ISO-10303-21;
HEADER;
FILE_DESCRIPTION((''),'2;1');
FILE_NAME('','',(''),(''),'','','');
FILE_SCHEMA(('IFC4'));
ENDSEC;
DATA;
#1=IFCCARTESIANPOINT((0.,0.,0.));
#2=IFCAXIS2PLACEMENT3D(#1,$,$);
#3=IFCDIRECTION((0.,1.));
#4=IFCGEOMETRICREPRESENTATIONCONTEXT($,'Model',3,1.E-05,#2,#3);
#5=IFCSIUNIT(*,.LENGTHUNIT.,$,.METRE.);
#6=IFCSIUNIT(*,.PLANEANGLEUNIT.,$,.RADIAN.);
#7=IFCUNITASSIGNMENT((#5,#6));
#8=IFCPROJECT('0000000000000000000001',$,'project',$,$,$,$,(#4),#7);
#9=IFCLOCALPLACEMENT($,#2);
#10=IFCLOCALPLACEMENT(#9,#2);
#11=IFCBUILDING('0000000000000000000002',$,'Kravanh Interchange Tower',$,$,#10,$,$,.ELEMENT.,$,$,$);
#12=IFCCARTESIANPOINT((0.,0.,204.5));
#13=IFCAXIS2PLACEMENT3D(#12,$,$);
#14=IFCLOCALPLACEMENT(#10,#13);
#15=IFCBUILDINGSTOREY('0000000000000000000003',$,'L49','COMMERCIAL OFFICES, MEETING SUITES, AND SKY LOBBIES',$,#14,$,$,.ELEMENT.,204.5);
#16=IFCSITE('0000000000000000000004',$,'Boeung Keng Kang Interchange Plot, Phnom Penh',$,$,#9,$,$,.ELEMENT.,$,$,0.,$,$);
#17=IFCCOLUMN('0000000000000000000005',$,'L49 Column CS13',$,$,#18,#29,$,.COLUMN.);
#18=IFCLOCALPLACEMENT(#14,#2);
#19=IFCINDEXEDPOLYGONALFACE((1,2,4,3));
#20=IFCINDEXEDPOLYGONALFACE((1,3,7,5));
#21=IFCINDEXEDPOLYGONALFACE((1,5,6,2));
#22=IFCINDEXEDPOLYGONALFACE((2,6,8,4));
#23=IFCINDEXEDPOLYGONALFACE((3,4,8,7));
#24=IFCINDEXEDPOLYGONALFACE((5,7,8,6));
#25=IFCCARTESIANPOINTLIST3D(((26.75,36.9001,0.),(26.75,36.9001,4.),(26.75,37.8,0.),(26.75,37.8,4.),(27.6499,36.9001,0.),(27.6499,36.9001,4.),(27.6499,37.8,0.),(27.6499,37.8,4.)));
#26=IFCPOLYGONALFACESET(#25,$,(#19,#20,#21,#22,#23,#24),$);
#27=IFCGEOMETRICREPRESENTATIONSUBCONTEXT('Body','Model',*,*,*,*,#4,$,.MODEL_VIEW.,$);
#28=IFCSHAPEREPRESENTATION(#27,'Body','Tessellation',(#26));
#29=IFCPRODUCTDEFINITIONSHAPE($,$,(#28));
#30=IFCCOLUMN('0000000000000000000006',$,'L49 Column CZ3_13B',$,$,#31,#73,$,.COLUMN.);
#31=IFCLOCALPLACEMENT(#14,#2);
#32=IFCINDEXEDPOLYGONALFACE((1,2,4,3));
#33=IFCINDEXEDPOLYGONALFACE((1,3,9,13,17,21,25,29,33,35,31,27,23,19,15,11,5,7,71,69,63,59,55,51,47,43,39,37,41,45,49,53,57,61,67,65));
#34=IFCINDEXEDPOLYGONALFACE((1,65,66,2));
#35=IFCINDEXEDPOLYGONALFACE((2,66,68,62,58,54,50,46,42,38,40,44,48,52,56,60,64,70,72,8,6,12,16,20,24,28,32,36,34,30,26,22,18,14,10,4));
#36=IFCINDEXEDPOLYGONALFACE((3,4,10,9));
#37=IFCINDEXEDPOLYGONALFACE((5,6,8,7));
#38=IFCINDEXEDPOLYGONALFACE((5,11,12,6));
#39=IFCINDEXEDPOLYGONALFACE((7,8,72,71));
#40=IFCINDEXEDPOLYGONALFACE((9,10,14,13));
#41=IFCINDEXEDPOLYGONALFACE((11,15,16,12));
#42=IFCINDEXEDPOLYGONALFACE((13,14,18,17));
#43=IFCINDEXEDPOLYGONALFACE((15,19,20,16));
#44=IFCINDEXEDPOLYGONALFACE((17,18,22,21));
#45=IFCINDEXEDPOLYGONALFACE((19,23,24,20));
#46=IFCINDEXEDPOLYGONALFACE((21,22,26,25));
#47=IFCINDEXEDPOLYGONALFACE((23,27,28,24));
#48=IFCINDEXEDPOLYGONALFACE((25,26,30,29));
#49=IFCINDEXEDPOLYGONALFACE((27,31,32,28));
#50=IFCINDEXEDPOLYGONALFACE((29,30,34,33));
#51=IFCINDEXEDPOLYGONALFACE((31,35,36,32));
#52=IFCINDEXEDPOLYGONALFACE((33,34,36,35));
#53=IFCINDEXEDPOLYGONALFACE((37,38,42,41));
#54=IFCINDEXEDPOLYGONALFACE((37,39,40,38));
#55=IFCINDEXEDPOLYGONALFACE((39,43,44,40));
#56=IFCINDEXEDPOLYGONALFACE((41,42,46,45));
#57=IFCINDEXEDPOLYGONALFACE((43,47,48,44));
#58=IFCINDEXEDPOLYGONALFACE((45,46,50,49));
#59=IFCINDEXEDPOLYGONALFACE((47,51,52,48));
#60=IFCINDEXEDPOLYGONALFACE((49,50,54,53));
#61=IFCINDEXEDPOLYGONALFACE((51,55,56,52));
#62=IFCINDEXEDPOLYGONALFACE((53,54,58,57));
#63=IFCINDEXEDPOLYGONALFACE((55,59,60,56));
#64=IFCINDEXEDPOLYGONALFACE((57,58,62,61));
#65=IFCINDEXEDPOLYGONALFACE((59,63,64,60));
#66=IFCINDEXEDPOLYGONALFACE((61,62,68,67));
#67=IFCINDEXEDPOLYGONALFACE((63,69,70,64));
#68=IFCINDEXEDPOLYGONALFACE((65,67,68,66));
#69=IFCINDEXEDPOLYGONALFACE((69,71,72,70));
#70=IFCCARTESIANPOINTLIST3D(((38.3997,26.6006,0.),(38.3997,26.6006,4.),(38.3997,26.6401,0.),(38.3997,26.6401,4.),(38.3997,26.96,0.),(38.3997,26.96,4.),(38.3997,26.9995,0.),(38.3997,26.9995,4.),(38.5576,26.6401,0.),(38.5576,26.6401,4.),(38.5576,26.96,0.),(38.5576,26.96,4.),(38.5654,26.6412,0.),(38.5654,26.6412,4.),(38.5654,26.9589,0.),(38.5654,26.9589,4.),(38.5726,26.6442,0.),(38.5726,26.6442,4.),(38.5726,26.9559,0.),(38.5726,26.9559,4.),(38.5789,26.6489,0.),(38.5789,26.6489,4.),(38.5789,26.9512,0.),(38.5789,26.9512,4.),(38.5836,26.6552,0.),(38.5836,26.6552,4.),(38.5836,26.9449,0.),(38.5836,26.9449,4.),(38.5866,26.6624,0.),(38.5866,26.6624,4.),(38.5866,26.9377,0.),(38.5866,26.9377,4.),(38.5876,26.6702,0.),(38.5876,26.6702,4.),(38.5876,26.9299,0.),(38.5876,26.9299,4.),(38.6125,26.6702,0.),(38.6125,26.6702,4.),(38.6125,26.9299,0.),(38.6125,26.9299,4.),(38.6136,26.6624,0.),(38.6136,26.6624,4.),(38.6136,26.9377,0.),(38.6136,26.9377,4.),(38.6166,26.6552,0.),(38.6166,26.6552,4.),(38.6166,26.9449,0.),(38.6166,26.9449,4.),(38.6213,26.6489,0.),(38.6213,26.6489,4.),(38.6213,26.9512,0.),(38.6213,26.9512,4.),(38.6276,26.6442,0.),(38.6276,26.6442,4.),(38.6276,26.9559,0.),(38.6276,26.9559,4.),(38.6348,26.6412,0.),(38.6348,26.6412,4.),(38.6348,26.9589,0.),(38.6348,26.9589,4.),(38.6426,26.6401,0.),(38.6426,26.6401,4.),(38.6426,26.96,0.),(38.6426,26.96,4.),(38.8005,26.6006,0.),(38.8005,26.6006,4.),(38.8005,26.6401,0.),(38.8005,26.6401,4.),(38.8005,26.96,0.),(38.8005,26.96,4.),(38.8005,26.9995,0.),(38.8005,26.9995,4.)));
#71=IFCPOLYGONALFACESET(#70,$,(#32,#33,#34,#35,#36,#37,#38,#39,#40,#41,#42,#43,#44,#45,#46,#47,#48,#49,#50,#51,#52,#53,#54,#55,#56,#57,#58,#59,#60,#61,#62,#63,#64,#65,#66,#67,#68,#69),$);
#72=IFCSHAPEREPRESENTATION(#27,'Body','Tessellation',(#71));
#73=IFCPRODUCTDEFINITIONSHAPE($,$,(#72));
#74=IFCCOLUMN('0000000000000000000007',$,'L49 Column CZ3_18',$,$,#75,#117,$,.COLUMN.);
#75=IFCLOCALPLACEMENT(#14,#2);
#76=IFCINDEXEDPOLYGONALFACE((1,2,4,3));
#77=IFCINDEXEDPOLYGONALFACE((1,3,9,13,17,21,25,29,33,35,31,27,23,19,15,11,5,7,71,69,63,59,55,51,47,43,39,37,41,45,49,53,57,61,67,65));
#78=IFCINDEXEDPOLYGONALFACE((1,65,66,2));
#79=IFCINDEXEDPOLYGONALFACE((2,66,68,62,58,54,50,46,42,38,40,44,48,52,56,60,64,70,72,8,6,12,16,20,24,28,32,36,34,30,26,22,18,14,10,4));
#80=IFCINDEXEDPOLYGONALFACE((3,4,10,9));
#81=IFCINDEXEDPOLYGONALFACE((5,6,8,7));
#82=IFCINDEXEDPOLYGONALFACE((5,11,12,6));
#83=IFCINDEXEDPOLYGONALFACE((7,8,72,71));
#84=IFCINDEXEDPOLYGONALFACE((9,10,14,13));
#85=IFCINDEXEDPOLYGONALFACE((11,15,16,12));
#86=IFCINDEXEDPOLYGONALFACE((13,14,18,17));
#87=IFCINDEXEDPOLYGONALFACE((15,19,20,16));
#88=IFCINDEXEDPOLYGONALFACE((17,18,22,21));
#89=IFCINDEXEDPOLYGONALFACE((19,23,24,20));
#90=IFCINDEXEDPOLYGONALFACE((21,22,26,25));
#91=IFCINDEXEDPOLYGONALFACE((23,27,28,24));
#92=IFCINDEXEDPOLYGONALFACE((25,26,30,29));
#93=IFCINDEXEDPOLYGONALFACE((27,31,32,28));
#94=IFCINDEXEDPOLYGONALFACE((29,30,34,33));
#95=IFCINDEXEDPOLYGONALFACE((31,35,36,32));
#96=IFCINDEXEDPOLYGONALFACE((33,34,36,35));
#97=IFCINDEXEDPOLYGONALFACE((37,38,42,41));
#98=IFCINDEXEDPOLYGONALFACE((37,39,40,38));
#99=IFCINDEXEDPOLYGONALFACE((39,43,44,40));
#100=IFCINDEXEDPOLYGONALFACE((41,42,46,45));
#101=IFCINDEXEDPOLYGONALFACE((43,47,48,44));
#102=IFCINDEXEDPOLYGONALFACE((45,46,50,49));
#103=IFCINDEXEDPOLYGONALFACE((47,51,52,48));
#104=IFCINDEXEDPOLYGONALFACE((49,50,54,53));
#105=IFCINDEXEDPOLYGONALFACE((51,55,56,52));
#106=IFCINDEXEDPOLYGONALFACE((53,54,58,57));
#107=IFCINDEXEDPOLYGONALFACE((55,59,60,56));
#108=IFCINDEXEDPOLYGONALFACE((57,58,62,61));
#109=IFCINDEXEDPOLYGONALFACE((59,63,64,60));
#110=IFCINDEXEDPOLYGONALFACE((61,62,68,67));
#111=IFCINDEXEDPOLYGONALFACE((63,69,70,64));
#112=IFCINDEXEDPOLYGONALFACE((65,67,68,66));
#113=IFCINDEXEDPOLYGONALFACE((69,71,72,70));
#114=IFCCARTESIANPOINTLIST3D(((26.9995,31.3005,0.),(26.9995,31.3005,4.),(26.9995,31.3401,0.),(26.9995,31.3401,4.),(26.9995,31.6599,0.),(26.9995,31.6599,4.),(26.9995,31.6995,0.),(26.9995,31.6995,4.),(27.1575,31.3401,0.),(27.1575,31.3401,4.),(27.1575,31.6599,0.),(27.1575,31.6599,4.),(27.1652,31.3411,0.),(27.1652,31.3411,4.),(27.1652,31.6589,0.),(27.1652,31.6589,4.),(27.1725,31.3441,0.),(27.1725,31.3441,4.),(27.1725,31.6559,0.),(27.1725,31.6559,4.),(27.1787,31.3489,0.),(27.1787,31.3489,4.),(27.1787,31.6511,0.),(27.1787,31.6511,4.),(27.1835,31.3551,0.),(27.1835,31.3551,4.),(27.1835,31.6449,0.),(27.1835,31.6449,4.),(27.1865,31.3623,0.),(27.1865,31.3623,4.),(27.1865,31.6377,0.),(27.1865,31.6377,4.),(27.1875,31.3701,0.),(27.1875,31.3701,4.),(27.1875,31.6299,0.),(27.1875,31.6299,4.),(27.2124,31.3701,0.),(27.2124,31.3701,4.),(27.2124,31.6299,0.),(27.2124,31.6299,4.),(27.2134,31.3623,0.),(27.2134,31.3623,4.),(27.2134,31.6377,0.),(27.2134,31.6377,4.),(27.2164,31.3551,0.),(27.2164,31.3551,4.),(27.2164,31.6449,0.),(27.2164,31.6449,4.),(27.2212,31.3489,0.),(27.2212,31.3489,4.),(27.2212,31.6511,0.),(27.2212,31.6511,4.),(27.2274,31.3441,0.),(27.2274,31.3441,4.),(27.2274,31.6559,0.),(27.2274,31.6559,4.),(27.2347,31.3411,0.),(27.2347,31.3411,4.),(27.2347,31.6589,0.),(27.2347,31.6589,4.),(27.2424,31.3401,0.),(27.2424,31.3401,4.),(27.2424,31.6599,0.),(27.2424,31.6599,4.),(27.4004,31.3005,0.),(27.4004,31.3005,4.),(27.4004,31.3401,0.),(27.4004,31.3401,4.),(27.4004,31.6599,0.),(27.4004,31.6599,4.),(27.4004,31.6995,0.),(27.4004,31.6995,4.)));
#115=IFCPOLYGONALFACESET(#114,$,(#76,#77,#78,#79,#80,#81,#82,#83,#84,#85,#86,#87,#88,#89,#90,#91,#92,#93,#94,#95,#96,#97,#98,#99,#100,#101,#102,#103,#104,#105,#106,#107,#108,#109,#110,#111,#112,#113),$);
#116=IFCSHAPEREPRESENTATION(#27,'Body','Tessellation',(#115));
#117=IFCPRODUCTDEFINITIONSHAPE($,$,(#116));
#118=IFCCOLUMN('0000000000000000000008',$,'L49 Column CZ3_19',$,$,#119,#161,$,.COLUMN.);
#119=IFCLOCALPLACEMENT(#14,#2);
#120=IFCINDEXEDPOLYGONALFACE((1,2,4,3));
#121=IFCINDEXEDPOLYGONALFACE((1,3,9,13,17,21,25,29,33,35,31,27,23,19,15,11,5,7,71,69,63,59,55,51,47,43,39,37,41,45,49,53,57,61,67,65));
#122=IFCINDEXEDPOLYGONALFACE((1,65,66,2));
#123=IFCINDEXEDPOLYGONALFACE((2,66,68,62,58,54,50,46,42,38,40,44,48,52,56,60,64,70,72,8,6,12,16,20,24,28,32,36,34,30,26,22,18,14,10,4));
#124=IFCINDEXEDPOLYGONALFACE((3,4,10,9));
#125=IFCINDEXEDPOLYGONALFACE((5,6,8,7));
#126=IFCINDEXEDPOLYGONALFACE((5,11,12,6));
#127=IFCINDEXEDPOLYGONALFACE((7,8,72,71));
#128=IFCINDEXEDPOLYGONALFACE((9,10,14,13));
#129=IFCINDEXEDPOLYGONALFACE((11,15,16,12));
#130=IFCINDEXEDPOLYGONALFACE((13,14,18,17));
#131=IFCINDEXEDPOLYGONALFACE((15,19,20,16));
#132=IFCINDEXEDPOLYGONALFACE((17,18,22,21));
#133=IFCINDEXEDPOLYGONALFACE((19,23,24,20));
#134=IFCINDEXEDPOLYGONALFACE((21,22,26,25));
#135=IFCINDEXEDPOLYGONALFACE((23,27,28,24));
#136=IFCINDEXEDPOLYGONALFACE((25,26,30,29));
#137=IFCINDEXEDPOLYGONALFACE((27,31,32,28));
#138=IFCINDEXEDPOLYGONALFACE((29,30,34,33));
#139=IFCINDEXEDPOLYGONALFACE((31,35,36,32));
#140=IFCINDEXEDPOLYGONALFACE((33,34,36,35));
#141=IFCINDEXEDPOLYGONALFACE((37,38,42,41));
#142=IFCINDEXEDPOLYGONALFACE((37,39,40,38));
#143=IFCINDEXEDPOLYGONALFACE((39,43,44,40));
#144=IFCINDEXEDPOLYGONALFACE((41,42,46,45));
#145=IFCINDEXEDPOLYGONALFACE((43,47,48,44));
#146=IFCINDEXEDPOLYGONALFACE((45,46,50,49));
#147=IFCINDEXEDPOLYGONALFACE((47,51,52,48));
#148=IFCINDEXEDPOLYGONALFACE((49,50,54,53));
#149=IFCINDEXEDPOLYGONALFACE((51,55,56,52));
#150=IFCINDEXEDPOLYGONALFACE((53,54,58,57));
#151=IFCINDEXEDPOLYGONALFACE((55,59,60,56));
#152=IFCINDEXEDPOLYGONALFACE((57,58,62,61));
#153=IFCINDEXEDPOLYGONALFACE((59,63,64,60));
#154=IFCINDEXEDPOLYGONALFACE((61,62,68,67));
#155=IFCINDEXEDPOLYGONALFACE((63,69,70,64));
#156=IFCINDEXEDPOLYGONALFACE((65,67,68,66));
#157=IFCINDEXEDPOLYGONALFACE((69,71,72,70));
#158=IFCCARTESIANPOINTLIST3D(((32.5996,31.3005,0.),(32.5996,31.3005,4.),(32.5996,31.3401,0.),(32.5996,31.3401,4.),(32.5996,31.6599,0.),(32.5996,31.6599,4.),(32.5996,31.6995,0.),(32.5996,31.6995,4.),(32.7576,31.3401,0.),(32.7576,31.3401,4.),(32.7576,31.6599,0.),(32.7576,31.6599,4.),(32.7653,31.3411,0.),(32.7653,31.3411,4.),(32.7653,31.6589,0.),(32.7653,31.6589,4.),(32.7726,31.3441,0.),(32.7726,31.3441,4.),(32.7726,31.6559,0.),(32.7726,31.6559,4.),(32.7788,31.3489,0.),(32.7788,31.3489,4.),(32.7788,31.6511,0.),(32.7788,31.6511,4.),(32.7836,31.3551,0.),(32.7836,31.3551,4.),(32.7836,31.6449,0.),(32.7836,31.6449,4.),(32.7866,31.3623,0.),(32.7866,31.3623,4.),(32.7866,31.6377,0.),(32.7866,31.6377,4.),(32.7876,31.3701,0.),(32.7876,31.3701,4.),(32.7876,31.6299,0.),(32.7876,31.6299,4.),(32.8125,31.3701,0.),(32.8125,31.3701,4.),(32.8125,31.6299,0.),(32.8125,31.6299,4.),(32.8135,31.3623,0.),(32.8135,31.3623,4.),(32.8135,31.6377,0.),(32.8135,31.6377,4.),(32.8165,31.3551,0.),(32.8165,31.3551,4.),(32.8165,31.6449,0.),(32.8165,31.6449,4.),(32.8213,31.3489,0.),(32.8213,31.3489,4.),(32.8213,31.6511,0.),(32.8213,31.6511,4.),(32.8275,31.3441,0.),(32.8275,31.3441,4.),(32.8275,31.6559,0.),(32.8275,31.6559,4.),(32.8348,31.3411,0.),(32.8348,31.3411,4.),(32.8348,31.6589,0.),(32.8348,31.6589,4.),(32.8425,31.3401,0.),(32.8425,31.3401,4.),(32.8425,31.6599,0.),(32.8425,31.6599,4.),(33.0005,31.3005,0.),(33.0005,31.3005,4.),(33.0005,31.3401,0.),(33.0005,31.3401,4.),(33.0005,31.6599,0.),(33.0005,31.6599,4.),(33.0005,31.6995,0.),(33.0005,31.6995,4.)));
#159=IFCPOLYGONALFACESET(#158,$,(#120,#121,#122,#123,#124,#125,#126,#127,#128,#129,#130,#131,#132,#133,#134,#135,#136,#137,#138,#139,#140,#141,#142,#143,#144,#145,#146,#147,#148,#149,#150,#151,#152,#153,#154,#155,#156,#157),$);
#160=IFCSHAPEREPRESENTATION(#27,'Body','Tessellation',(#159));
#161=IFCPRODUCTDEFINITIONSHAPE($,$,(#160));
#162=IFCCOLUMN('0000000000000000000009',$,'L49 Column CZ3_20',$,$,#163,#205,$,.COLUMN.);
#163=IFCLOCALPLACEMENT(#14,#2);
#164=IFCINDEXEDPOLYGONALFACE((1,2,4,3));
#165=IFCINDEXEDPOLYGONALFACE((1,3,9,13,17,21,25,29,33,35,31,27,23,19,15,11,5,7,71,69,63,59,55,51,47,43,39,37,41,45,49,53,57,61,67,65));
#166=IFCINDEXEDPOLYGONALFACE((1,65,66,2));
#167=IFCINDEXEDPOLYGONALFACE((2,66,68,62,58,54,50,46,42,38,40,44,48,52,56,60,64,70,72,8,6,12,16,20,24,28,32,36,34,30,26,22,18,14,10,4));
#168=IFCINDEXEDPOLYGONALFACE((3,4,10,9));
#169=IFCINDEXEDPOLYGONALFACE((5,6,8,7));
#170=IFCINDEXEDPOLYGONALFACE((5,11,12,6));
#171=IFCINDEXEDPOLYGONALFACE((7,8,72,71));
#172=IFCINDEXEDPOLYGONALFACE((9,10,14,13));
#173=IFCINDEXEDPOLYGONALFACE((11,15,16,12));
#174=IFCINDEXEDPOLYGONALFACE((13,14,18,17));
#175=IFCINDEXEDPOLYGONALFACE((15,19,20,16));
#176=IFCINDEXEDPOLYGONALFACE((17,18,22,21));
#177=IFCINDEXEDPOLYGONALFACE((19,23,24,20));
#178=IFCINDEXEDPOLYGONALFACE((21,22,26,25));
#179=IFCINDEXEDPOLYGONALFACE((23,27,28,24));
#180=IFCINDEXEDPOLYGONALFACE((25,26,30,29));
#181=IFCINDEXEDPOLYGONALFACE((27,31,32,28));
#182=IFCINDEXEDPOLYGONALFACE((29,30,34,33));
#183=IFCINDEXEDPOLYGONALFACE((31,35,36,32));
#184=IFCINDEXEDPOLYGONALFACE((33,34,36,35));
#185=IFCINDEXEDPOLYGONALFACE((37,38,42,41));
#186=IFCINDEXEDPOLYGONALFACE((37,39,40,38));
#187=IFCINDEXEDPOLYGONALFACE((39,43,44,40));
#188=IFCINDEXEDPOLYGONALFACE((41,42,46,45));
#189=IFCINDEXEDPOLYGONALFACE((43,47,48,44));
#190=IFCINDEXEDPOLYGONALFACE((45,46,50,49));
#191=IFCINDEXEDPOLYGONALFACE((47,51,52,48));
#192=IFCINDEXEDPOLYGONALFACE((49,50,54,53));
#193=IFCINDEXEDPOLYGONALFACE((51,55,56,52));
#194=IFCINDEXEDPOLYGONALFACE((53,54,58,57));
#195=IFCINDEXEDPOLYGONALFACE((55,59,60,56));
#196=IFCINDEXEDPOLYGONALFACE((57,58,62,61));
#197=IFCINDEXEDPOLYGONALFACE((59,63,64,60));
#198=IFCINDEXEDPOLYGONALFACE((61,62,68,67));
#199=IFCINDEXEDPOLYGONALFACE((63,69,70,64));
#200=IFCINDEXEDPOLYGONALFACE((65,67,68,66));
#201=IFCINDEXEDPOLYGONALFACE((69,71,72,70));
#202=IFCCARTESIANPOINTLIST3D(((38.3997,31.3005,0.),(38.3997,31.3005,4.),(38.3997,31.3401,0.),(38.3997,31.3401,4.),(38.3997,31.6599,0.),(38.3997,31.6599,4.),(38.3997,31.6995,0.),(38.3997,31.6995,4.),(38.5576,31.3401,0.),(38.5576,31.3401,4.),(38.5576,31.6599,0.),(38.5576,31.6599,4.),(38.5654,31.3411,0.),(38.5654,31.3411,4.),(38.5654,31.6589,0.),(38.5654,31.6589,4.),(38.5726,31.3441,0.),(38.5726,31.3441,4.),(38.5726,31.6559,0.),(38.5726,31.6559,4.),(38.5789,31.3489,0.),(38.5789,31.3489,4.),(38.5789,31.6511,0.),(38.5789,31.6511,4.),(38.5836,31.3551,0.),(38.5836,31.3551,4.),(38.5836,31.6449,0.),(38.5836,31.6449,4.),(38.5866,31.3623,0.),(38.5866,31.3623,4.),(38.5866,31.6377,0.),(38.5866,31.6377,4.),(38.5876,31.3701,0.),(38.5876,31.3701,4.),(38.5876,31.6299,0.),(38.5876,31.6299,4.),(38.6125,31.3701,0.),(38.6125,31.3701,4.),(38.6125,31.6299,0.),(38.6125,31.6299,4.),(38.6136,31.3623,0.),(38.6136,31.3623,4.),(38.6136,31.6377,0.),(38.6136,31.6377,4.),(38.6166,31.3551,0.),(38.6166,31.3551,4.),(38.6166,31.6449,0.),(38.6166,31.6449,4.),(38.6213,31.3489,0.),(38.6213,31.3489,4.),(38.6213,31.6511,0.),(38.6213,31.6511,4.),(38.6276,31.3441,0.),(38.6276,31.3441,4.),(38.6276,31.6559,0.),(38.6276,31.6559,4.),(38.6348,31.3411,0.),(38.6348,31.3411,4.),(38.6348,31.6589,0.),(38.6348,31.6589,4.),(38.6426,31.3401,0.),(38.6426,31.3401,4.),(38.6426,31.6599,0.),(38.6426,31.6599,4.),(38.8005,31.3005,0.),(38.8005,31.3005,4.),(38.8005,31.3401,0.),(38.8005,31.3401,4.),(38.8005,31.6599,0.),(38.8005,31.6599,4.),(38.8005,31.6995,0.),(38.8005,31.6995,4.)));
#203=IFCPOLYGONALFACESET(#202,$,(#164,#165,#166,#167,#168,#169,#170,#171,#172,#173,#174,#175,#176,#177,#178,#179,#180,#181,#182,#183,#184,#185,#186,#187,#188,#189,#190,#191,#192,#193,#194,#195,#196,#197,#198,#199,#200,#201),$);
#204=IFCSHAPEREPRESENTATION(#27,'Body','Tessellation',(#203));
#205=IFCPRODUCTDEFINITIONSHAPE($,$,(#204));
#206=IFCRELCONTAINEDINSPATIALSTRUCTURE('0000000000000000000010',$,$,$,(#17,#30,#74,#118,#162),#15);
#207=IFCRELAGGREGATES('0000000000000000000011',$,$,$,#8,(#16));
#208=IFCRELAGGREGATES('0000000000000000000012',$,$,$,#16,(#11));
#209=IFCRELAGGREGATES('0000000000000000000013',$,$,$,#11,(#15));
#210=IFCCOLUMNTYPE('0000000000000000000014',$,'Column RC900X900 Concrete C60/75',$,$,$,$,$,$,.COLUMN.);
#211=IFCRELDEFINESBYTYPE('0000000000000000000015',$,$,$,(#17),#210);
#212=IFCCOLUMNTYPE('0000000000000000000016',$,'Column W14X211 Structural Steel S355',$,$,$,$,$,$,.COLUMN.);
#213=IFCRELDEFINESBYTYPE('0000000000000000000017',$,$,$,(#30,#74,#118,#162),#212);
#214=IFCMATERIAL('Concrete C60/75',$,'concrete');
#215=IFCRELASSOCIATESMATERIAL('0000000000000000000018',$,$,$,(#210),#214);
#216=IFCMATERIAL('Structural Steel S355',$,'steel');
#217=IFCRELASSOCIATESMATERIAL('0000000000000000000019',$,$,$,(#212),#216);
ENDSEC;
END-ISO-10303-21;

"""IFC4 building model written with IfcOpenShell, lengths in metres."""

from ifc_helpers import new_model, si_unit, direction, frame, origin, origin_2d, place, context, subcontext, project, spatial, rectangle, i_section, extrude, material, material_profile, profile_set, type_object, element, save


model = new_model("IFC4")

# Units and contexts
model_context = context("Model", 3, precision=1e-05, world=origin(), true_north=direction((0.0, 1.0)))
body_context = subcontext(model_context, "Body", "Model", "MODEL_VIEW")
ifc_project = project(units=[si_unit("LENGTHUNIT", "METRE"), si_unit("PLANEANGLEUNIT", "RADIAN")], contexts=[model_context])

# Site, building, storey
site_placement = place(None, origin())
site = spatial("IfcSite", under=ifc_project, at=site_placement, Name="Boeung Keng Kang Interchange Plot, Phnom Penh", CompositionType="ELEMENT", RefElevation=0.0)
building_placement = place(site_placement, origin())
building = spatial("IfcBuilding", under=site, at=building_placement, Name="Kravanh Interchange Tower", CompositionType="ELEMENT")
storey_placement = place(building_placement, frame((0.0, 0.0, 204.5)))
storey = spatial("IfcBuildingStorey", under=building, at=storey_placement, Name="L49", Description="COMMERCIAL OFFICES, MEETING SUITES, AND SKY LOBBIES", CompositionType="ELEMENT", Elevation=204.5)

# Columns
ifc_material_1 = material(Name="Concrete C60/75", Category="concrete")
ifc_material_profile_1 = material_profile(ifc_material_1, rectangle(XDim=0.8999, YDim=0.8999, at=origin_2d()), Name="RC900X900")
ifc_profile_set_1 = profile_set([ifc_material_profile_1], Name="Concrete C60/75")
column_type_1 = type_object("IfcColumnType", Name="Column RC900X900 Concrete C60/75", PredefinedType="COLUMN", material=ifc_profile_set_1)
column_placement = place(storey_placement, frame((27.2, 37.3501, 0.0), z_axis=(0.0, 0.0, 1.0), x_axis=(1.0, 0.0, 0.0)))
element("IfcColumn", 1, at=column_placement, inside=storey, type_object=column_type_1, Name="L49 Column CS13", PredefinedType="COLUMN", context=body_context, shape_type="SweptSolid", body=[
    extrude(rectangle(XDim=0.8999, YDim=0.8999, at=origin_2d()), origin(), (0.0, 0.0, 1.0), 4.0),
])
ifc_material_2 = material(Name="Structural Steel S355", Category="steel")
ifc_material_profile_2 = material_profile(ifc_material_2, i_section(OverallWidth=0.4009, OverallDepth=0.3989, WebThickness=0.0249, FlangeThickness=0.0396, FilletRadius=0.03, at=origin_2d()), Name="W14X211")
ifc_profile_set_2 = profile_set([ifc_material_profile_2], Name="Structural Steel S355")
column_type_2 = type_object("IfcColumnType", Name="Column W14X211 Structural Steel S355", PredefinedType="COLUMN", material=ifc_profile_set_2)
for number, where, z_axis, x_axis, name in (
    (2, (38.6001, 26.8, 0.0), (0.0, 0.0, 1.0), (1.0, 0.0, 0.0), "L49 Column CZ3_13B"),
    (3, (27.2, 31.5, 0.0), (0.0, 0.0, 1.0), (1.0, 0.0, 0.0), "L49 Column CZ3_18"),
    (4, (32.8, 31.5, 0.0), (0.0, 0.0, 1.0), (1.0, 0.0, 0.0), "L49 Column CZ3_19"),
    (5, (38.6001, 31.5, 0.0), (0.0, 0.0, 1.0), (1.0, 0.0, 0.0), "L49 Column CZ3_20"),
):
    element("IfcColumn", number, at=place(storey_placement, frame(where, z_axis=z_axis, x_axis=x_axis)), inside=storey, type_object=column_type_2, Name=name, PredefinedType="COLUMN", context=body_context, shape_type="SweptSolid", body=[
        extrude(i_section(OverallWidth=0.4009, OverallDepth=0.3989, WebThickness=0.0249, FlangeThickness=0.0396, FilletRadius=0.03, at=origin_2d()), origin(), (0.0, 0.0, 1.0), 4.0),
    ])

save(model, "model.ifc")
